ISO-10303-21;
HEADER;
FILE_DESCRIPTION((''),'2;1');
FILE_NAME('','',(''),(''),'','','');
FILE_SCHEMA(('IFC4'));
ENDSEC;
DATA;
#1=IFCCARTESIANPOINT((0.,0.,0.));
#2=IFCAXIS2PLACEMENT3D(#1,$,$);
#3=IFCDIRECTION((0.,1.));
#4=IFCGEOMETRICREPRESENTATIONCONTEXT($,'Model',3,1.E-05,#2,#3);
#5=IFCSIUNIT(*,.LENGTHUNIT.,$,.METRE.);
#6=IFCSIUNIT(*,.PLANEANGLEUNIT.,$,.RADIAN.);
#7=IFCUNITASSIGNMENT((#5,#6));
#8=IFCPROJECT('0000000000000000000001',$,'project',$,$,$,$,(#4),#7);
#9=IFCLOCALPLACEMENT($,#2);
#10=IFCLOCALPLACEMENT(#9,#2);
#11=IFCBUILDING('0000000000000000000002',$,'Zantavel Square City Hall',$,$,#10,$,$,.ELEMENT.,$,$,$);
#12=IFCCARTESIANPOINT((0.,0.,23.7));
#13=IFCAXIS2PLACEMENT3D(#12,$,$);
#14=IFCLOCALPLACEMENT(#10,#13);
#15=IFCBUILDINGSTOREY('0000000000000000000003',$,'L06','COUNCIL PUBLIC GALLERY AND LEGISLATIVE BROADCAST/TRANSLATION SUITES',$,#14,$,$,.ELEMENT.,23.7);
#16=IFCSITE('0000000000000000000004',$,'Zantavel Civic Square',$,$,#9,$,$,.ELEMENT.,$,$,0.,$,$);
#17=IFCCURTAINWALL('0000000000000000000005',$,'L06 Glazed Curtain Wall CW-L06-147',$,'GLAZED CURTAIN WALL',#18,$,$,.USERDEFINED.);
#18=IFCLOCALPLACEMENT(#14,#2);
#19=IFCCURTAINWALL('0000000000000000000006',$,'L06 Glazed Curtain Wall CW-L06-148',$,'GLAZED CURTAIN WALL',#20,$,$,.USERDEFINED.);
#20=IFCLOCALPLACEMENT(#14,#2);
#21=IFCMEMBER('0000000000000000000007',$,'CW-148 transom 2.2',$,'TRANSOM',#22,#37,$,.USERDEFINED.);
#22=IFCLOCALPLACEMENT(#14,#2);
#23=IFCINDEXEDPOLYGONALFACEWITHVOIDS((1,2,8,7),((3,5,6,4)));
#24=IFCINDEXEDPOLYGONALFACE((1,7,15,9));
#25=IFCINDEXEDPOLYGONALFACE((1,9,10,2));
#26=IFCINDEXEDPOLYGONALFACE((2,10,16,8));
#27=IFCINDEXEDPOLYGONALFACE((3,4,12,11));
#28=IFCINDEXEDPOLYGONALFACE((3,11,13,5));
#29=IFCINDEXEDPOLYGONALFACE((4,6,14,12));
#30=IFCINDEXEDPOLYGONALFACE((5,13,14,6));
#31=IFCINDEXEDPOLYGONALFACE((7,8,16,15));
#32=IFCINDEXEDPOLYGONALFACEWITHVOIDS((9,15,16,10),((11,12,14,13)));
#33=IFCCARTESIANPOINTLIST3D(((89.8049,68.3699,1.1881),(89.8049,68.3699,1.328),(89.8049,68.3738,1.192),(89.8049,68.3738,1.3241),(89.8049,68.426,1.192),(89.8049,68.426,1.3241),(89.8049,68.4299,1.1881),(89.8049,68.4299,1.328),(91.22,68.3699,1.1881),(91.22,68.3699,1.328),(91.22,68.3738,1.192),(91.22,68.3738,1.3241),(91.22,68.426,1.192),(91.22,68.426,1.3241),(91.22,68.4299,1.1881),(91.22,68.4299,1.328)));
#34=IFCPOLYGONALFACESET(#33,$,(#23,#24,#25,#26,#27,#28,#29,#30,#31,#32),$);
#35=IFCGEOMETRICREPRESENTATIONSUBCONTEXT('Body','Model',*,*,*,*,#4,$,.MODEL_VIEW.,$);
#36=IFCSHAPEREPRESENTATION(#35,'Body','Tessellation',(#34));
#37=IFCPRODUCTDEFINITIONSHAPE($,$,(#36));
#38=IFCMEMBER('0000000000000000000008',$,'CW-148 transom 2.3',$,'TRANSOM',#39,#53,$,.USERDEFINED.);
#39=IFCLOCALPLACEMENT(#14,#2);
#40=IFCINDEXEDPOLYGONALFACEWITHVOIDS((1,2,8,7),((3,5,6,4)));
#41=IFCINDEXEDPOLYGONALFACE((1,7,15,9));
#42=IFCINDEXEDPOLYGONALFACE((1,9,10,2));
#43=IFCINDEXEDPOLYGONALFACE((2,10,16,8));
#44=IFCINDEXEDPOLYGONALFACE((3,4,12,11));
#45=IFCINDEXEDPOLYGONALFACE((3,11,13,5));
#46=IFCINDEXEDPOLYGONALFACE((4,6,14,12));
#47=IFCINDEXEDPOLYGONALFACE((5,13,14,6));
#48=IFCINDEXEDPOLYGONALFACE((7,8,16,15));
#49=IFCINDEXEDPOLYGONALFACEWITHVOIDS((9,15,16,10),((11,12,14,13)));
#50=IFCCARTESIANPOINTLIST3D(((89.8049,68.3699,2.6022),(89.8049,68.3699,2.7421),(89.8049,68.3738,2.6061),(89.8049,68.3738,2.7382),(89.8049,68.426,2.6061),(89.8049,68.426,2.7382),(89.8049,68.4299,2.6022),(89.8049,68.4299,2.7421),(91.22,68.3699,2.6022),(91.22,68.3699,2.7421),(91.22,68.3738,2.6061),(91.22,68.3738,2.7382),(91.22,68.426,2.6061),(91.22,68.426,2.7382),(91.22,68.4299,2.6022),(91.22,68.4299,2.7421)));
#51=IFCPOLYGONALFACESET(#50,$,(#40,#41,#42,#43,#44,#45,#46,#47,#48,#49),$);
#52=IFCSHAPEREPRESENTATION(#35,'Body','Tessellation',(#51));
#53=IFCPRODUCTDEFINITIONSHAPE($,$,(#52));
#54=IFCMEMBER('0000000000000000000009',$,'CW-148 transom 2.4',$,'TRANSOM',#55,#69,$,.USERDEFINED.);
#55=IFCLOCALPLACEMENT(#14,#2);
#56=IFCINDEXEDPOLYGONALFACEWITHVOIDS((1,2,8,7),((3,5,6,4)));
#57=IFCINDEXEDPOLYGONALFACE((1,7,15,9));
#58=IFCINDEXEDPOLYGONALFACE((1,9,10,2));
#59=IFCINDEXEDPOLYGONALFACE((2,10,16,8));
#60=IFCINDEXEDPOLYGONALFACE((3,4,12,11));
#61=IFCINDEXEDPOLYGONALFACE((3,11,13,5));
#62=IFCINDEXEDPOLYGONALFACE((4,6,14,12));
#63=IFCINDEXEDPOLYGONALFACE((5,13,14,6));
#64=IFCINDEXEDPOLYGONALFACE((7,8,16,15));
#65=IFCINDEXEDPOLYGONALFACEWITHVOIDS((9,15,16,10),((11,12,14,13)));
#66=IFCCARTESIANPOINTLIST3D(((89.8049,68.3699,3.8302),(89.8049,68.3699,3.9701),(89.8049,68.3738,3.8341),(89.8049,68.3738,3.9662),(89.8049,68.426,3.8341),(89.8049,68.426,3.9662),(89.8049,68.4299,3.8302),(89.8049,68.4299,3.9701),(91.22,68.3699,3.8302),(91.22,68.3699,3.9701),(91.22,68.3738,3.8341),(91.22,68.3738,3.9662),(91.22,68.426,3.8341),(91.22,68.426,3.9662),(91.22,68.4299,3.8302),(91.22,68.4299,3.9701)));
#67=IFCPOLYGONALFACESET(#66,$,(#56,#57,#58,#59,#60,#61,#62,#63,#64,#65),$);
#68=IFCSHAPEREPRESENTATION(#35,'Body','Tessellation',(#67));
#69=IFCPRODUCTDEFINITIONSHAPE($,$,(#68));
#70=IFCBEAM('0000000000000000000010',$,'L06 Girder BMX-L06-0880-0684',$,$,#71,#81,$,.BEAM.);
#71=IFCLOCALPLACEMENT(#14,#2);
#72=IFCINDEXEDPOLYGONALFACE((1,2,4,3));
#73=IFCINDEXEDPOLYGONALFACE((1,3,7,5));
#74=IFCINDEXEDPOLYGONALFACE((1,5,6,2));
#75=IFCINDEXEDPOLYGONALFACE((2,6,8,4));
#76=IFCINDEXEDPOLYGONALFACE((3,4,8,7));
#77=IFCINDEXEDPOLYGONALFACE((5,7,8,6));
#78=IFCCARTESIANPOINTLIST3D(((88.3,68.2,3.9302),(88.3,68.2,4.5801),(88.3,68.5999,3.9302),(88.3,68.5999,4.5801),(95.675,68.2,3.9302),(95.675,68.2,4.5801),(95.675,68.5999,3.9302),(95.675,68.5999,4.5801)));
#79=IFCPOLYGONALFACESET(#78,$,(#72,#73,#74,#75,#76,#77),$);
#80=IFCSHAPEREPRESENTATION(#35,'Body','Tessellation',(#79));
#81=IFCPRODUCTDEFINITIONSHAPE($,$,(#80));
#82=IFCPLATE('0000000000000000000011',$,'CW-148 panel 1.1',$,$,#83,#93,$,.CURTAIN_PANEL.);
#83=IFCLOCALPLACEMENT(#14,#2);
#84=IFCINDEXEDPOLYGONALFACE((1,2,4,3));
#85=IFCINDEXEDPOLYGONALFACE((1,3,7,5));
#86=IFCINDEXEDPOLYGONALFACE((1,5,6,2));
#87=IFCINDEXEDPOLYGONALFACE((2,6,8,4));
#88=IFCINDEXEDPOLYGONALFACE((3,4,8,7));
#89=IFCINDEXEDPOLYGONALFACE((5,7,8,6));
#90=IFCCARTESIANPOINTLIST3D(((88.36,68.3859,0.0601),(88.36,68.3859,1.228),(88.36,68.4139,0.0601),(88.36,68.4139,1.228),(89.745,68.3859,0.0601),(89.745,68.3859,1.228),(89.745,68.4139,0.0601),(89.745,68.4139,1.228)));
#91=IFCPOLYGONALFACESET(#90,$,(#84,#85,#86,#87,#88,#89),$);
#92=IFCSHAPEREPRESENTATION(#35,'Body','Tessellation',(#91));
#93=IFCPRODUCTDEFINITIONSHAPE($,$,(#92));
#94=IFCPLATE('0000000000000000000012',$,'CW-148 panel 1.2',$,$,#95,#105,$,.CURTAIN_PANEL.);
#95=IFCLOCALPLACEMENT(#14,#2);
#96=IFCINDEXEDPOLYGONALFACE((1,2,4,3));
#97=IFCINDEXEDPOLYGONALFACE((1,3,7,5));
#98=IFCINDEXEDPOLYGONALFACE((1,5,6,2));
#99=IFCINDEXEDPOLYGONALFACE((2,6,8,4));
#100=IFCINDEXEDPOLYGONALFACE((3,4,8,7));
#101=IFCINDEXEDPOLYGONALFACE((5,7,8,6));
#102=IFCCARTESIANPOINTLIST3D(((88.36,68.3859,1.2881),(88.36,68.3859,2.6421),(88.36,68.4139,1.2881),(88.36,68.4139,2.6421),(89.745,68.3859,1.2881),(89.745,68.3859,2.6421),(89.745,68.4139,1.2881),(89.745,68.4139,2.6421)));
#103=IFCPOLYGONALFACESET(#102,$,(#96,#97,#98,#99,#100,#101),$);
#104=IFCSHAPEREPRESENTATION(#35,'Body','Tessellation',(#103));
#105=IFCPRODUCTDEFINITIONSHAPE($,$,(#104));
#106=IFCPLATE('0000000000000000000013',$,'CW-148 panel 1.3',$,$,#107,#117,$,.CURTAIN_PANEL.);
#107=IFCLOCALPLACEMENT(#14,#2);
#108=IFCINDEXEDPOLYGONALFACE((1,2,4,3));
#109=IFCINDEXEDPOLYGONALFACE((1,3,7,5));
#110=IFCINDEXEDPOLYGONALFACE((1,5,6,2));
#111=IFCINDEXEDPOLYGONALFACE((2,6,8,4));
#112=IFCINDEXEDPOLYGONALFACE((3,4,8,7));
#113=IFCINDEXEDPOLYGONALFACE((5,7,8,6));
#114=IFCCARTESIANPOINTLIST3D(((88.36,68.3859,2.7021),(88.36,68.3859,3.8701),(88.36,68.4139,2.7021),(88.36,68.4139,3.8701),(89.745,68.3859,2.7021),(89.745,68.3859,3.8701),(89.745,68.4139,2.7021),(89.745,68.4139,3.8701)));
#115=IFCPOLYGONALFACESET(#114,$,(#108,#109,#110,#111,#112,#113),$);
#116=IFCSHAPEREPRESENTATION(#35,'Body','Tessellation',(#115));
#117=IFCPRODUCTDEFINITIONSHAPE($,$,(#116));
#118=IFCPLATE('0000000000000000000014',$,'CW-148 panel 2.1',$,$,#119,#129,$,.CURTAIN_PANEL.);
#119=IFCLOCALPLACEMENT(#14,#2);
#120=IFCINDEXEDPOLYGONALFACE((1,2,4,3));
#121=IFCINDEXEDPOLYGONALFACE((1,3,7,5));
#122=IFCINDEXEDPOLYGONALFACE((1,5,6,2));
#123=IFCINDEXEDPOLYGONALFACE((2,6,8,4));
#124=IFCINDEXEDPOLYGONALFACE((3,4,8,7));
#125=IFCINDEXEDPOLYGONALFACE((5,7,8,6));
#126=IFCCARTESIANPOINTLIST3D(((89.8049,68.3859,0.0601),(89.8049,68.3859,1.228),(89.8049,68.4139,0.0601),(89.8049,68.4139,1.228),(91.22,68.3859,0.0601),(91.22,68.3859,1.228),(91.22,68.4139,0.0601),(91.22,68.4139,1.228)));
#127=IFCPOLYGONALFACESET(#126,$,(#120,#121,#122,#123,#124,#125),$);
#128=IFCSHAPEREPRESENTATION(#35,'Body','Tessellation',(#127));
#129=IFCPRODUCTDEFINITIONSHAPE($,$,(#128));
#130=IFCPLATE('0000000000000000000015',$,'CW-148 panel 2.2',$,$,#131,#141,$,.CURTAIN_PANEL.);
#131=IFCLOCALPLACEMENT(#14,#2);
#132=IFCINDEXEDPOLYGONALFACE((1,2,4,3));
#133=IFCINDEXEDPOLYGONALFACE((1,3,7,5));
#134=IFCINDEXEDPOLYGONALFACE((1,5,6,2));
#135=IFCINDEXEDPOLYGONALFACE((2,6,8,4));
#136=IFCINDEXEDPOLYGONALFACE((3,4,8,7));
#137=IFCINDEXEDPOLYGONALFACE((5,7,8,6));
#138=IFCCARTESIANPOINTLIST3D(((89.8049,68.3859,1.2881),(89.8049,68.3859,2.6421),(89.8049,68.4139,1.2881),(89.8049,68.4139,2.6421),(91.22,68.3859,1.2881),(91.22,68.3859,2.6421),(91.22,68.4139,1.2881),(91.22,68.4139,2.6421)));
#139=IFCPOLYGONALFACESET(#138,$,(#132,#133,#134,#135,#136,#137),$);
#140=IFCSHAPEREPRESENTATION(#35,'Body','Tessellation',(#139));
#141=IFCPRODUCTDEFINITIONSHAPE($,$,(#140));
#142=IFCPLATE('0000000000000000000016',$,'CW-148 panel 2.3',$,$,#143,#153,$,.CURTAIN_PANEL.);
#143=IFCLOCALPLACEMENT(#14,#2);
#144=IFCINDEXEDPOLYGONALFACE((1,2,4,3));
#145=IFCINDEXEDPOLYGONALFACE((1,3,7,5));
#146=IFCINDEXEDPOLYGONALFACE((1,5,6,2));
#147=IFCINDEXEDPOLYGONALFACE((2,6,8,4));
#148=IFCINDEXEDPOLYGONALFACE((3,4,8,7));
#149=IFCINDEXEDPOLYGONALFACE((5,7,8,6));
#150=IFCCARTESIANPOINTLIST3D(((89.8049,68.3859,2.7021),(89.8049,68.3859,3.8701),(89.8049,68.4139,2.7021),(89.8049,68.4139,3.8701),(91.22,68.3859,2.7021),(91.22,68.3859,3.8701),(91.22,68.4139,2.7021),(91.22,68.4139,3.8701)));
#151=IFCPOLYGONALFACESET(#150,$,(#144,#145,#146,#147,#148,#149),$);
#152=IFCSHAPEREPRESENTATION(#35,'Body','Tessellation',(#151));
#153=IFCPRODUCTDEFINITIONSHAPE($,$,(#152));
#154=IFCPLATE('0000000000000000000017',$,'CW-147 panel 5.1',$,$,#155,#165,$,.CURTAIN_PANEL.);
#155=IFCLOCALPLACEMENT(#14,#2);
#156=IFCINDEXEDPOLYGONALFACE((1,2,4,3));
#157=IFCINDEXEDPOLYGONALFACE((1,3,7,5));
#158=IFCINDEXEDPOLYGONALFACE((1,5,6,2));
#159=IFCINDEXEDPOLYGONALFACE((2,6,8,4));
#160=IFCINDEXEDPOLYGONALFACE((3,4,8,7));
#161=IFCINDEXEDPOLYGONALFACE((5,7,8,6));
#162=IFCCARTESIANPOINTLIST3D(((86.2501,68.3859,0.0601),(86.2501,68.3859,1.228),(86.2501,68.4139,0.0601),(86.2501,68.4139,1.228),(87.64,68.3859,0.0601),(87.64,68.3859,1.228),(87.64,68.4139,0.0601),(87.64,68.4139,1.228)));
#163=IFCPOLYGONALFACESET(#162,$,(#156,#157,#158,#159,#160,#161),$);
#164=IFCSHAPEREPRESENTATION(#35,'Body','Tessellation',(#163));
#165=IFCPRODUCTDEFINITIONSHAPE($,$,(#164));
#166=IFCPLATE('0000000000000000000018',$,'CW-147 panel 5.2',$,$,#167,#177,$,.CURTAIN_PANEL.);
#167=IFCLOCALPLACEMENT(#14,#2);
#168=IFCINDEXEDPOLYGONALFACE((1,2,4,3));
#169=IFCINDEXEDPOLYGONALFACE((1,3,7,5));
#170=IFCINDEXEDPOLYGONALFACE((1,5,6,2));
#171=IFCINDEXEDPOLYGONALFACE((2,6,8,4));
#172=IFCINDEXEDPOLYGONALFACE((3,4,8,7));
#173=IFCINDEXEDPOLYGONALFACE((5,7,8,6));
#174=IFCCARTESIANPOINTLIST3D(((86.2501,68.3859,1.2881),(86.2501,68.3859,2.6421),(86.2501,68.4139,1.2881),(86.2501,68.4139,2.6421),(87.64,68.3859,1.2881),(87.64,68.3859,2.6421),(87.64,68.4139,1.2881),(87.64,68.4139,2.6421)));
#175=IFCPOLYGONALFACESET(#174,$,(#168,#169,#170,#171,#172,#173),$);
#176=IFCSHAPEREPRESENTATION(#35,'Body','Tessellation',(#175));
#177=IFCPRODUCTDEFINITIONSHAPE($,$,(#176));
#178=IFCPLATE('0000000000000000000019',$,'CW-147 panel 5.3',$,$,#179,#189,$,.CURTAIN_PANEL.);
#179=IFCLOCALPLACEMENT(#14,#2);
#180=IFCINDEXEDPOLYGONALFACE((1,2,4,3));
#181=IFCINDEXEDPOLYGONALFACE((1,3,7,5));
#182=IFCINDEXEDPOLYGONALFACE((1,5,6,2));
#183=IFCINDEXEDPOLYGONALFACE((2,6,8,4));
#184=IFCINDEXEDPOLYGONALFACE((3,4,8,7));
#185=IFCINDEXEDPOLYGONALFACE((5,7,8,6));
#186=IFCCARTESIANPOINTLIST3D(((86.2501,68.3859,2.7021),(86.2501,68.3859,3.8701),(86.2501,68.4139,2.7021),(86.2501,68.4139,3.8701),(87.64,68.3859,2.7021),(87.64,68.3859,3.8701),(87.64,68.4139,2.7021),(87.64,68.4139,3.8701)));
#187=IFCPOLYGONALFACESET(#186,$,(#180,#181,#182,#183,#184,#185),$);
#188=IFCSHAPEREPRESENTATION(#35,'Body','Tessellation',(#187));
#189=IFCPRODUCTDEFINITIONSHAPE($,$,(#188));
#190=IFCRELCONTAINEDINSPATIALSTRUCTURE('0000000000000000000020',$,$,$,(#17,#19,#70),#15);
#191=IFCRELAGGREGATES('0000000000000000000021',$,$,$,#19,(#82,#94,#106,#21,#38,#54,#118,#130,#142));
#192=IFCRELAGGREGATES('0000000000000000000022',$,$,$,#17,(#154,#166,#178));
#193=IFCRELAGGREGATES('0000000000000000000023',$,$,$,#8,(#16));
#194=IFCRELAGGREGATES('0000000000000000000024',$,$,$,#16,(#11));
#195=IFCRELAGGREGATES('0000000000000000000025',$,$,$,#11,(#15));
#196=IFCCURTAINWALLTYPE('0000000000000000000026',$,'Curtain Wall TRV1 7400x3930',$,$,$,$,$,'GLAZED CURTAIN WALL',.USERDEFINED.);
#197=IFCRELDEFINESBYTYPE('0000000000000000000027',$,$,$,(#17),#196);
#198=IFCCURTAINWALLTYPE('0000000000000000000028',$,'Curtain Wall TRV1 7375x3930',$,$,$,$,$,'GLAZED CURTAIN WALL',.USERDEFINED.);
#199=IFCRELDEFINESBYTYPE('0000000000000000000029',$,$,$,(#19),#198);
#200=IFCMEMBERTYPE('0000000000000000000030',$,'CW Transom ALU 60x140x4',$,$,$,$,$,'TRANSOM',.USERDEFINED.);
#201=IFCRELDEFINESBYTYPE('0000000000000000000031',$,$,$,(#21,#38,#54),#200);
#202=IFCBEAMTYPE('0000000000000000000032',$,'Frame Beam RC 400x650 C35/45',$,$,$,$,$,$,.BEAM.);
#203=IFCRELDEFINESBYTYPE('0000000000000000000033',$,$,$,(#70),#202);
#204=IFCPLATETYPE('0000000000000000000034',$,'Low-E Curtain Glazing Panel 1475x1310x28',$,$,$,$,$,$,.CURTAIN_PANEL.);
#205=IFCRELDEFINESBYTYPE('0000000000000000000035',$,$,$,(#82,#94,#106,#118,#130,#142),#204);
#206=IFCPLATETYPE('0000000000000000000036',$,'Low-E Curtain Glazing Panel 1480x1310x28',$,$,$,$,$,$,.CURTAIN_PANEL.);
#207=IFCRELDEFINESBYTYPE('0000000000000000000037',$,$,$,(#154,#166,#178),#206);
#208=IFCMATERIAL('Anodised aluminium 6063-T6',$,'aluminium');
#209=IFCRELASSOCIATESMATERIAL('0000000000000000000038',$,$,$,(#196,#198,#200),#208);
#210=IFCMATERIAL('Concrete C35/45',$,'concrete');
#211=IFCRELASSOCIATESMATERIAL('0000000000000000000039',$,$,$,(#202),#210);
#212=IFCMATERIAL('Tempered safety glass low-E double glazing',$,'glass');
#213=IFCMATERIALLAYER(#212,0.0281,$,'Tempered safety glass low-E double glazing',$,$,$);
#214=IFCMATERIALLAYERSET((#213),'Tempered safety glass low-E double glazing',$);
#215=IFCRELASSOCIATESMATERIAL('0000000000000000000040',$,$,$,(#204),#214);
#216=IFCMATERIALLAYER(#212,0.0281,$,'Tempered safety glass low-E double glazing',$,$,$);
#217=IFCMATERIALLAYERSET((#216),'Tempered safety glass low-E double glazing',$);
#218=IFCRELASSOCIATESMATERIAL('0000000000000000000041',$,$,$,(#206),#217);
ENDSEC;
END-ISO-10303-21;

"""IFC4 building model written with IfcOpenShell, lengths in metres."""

from ifc_helpers import new_model, si_unit, direction, frame, origin, origin_2d, place, context, subcontext, project, spatial, rectangle, hollow_rectangle, extrude, material, layer, layer_set, material_profile, profile_set, type_object, element, aggregate, save


model = new_model("IFC4")

# Units and contexts
model_context = context("Model", 3, precision=1e-05, world=origin(), true_north=direction((0.0, 1.0)))
body_context = subcontext(model_context, "Body", "Model", "MODEL_VIEW")
ifc_project = project(units=[si_unit("LENGTHUNIT", "METRE"), si_unit("PLANEANGLEUNIT", "RADIAN")], contexts=[model_context])

# Site, building, storey
site_placement = place(None, origin())
site = spatial("IfcSite", under=ifc_project, at=site_placement, Name="Zantavel Civic Square", CompositionType="ELEMENT", RefElevation=0.0)
building_placement = place(site_placement, origin())
building = spatial("IfcBuilding", under=site, at=building_placement, Name="Zantavel Square City Hall", CompositionType="ELEMENT")
storey_placement = place(building_placement, frame((0.0, 0.0, 23.7)))
storey = spatial("IfcBuildingStorey", under=building, at=storey_placement, Name="L06", Description="COUNCIL PUBLIC GALLERY AND LEGISLATIVE BROADCAST/TRANSLATION SUITES", CompositionType="ELEMENT", Elevation=23.7)

# Curtain wall
ifc_material_1 = material(Name="Anodised aluminium 6063-T6", Category="aluminium")
curtain_wall_type_1 = type_object("IfcCurtainWallType", Name="Curtain Wall TRV1 7400x3930", ElementType="GLAZED CURTAIN WALL", PredefinedType="USERDEFINED", material=ifc_material_1)
curtain_wall_1_placement = place(storey_placement, origin())
curtain_wall_1 = element("IfcCurtainWall", 1, at=curtain_wall_1_placement, inside=storey, type_object=curtain_wall_type_1, Name="L06 Glazed Curtain Wall CW-L06-147", ObjectType="GLAZED CURTAIN WALL", PredefinedType="USERDEFINED")

# Curtain wall
curtain_wall_type_2 = type_object("IfcCurtainWallType", Name="Curtain Wall TRV1 7375x3930", ElementType="GLAZED CURTAIN WALL", PredefinedType="USERDEFINED", material=ifc_material_1)
curtain_wall_2_placement = place(storey_placement, origin())
curtain_wall_2 = element("IfcCurtainWall", 2, at=curtain_wall_2_placement, inside=storey, type_object=curtain_wall_type_2, Name="L06 Glazed Curtain Wall CW-L06-148", ObjectType="GLAZED CURTAIN WALL", PredefinedType="USERDEFINED")

# Members
ifc_material_profile_1 = material_profile(ifc_material_1, hollow_rectangle(XDim=0.0601, YDim=0.1399, WallThickness=0.0039, at=origin_2d()), Name="ALU 60x140x4")
ifc_profile_set_1 = profile_set([ifc_material_profile_1], Name="Anodised aluminium 6063-T6")
member_type_1 = type_object("IfcMemberType", Name="CW Transom ALU 60x140x4", ElementType="TRANSOM", PredefinedType="USERDEFINED", material=ifc_profile_set_1)
member_1_placement = place(storey_placement, frame((89.8049, 68.3999, 1.2581), z_axis=(1.0, 0.0, 0.0), x_axis=(0.0, 1.0, 0.0)))
member_1 = element("IfcMember", 3, at=member_1_placement, type_object=member_type_1, Name="CW-148 transom 2.2", ObjectType="TRANSOM", PredefinedType="USERDEFINED", context=body_context, shape_type="SweptSolid", body=[
    extrude(hollow_rectangle(XDim=0.0601, YDim=0.1399, WallThickness=0.0039, at=origin_2d()), origin(), (0.0, 0.0, 1.0), 1.415),
])
member_2_placement = place(storey_placement, frame((89.8049, 68.3999, 2.6721), z_axis=(1.0, 0.0, 0.0), x_axis=(0.0, 1.0, 0.0)))
member_2 = element("IfcMember", 4, at=member_2_placement, type_object=member_type_1, Name="CW-148 transom 2.3", ObjectType="TRANSOM", PredefinedType="USERDEFINED", context=body_context, shape_type="SweptSolid", body=[
    extrude(hollow_rectangle(XDim=0.0601, YDim=0.1399, WallThickness=0.0039, at=origin_2d()), origin(), (0.0, 0.0, 1.0), 1.415),
])
member_3_placement = place(storey_placement, frame((89.8049, 68.3999, 3.9001), z_axis=(1.0, 0.0, 0.0), x_axis=(0.0, 1.0, 0.0)))
member_3 = element("IfcMember", 5, at=member_3_placement, type_object=member_type_1, Name="CW-148 transom 2.4", ObjectType="TRANSOM", PredefinedType="USERDEFINED", context=body_context, shape_type="SweptSolid", body=[
    extrude(hollow_rectangle(XDim=0.0601, YDim=0.1399, WallThickness=0.0039, at=origin_2d()), origin(), (0.0, 0.0, 1.0), 1.415),
])

# Beam
ifc_material_2 = material(Name="Concrete C35/45", Category="concrete")
ifc_material_profile_2 = material_profile(ifc_material_2, rectangle(XDim=0.3999, YDim=0.6499, at=origin_2d()), Name="RC 400x650")
ifc_profile_set_2 = profile_set([ifc_material_profile_2], Name="Concrete C35/45")
beam_type = type_object("IfcBeamType", Name="Frame Beam RC 400x650 C35/45", PredefinedType="BEAM", material=ifc_profile_set_2)
beam_placement = place(storey_placement, frame((88.3, 68.3999, 4.2551), z_axis=(1.0, 0.0, 0.0), x_axis=(0.0, 1.0, 0.0)))
element("IfcBeam", 6, at=beam_placement, inside=storey, type_object=beam_type, Name="L06 Girder BMX-L06-0880-0684", PredefinedType="BEAM", context=body_context, shape_type="SweptSolid", body=[
    extrude(rectangle(XDim=0.3999, YDim=0.6499, at=origin_2d()), origin(), (0.0, 0.0, 1.0), 7.375),
])

# Plates
ifc_material_3 = material(Name="Tempered safety glass low-E double glazing", Category="glass")
ifc_layer_1 = layer(ifc_material_3, 0.0281, Name="Tempered safety glass low-E double glazing")
ifc_layer_set_1 = layer_set([ifc_layer_1], Name="Tempered safety glass low-E double glazing")
plate_type_1 = type_object("IfcPlateType", Name="Low-E Curtain Glazing Panel 1475x1310x28", PredefinedType="CURTAIN_PANEL", material=ifc_layer_set_1)
plate_1_placement = place(storey_placement, frame((89.0525, 68.3999, 0.0601), z_axis=(0.0, 0.0, 1.0), x_axis=(1.0, 0.0, 0.0)))
plate_1 = element("IfcPlate", 7, at=plate_1_placement, type_object=plate_type_1, Name="CW-148 panel 1.1", PredefinedType="CURTAIN_PANEL", context=body_context, shape_type="SweptSolid", body=[
    extrude(rectangle(XDim=1.385, YDim=0.0281, at=origin_2d()), origin(), (0.0, 0.0, 1.0), 1.168),
])
plate_2_placement = place(storey_placement, frame((89.0525, 68.3999, 1.2881), z_axis=(0.0, 0.0, 1.0), x_axis=(1.0, 0.0, 0.0)))
plate_2 = element("IfcPlate", 8, at=plate_2_placement, type_object=plate_type_1, Name="CW-148 panel 1.2", PredefinedType="CURTAIN_PANEL", context=body_context, shape_type="SweptSolid", body=[
    extrude(rectangle(XDim=1.385, YDim=0.0281, at=origin_2d()), origin(), (0.0, 0.0, 1.0), 1.354),
])
plate_3_placement = place(storey_placement, frame((89.0525, 68.3999, 2.7021), z_axis=(0.0, 0.0, 1.0), x_axis=(1.0, 0.0, 0.0)))
plate_3 = element("IfcPlate", 9, at=plate_3_placement, type_object=plate_type_1, Name="CW-148 panel 1.3", PredefinedType="CURTAIN_PANEL", context=body_context, shape_type="SweptSolid", body=[
    extrude(rectangle(XDim=1.385, YDim=0.0281, at=origin_2d()), origin(), (0.0, 0.0, 1.0), 1.168),
])
plate_4_placement = place(storey_placement, frame((90.5125, 68.3999, 0.0601), z_axis=(0.0, 0.0, 1.0), x_axis=(1.0, 0.0, 0.0)))
plate_4 = element("IfcPlate", 10, at=plate_4_placement, type_object=plate_type_1, Name="CW-148 panel 2.1", PredefinedType="CURTAIN_PANEL", context=body_context, shape_type="SweptSolid", body=[
    extrude(rectangle(XDim=1.415, YDim=0.0281, at=origin_2d()), origin(), (0.0, 0.0, 1.0), 1.168),
])
plate_5_placement = place(storey_placement, frame((90.5125, 68.3999, 1.2881), z_axis=(0.0, 0.0, 1.0), x_axis=(1.0, 0.0, 0.0)))
plate_5 = element("IfcPlate", 11, at=plate_5_placement, type_object=plate_type_1, Name="CW-148 panel 2.2", PredefinedType="CURTAIN_PANEL", context=body_context, shape_type="SweptSolid", body=[
    extrude(rectangle(XDim=1.415, YDim=0.0281, at=origin_2d()), origin(), (0.0, 0.0, 1.0), 1.354),
])
plate_6_placement = place(storey_placement, frame((90.5125, 68.3999, 2.7021), z_axis=(0.0, 0.0, 1.0), x_axis=(1.0, 0.0, 0.0)))
plate_6 = element("IfcPlate", 12, at=plate_6_placement, type_object=plate_type_1, Name="CW-148 panel 2.3", PredefinedType="CURTAIN_PANEL", context=body_context, shape_type="SweptSolid", body=[
    extrude(rectangle(XDim=1.415, YDim=0.0281, at=origin_2d()), origin(), (0.0, 0.0, 1.0), 1.168),
])
aggregate(curtain_wall_2, [plate_1, plate_2, plate_3, member_1, member_2, member_3, plate_4, plate_5, plate_6])
ifc_layer_2 = layer(ifc_material_3, 0.0281, Name="Tempered safety glass low-E double glazing")
ifc_layer_set_2 = layer_set([ifc_layer_2], Name="Tempered safety glass low-E double glazing")
plate_type_2 = type_object("IfcPlateType", Name="Low-E Curtain Glazing Panel 1480x1310x28", PredefinedType="CURTAIN_PANEL", material=ifc_layer_set_2)
plate_7_placement = place(storey_placement, frame((86.9451, 68.3999, 0.0601), z_axis=(0.0, 0.0, 1.0), x_axis=(1.0, 0.0, 0.0)))
plate_7 = element("IfcPlate", 13, at=plate_7_placement, type_object=plate_type_2, Name="CW-147 panel 5.1", PredefinedType="CURTAIN_PANEL", context=body_context, shape_type="SweptSolid", body=[
    extrude(rectangle(XDim=1.3899, YDim=0.0281, at=origin_2d()), origin(), (0.0, 0.0, 1.0), 1.168),
])
plate_8_placement = place(storey_placement, frame((86.9451, 68.3999, 1.2881), z_axis=(0.0, 0.0, 1.0), x_axis=(1.0, 0.0, 0.0)))
plate_8 = element("IfcPlate", 14, at=plate_8_placement, type_object=plate_type_2, Name="CW-147 panel 5.2", PredefinedType="CURTAIN_PANEL", context=body_context, shape_type="SweptSolid", body=[
    extrude(rectangle(XDim=1.3899, YDim=0.0281, at=origin_2d()), origin(), (0.0, 0.0, 1.0), 1.354),
])
plate_9_placement = place(storey_placement, frame((86.9451, 68.3999, 2.7021), z_axis=(0.0, 0.0, 1.0), x_axis=(1.0, 0.0, 0.0)))
plate_9 = element("IfcPlate", 15, at=plate_9_placement, type_object=plate_type_2, Name="CW-147 panel 5.3", PredefinedType="CURTAIN_PANEL", context=body_context, shape_type="SweptSolid", body=[
    extrude(rectangle(XDim=1.3899, YDim=0.0281, at=origin_2d()), origin(), (0.0, 0.0, 1.0), 1.168),
])
aggregate(curtain_wall_1, [plate_7, plate_8, plate_9])

save(model, "model.ifc")
